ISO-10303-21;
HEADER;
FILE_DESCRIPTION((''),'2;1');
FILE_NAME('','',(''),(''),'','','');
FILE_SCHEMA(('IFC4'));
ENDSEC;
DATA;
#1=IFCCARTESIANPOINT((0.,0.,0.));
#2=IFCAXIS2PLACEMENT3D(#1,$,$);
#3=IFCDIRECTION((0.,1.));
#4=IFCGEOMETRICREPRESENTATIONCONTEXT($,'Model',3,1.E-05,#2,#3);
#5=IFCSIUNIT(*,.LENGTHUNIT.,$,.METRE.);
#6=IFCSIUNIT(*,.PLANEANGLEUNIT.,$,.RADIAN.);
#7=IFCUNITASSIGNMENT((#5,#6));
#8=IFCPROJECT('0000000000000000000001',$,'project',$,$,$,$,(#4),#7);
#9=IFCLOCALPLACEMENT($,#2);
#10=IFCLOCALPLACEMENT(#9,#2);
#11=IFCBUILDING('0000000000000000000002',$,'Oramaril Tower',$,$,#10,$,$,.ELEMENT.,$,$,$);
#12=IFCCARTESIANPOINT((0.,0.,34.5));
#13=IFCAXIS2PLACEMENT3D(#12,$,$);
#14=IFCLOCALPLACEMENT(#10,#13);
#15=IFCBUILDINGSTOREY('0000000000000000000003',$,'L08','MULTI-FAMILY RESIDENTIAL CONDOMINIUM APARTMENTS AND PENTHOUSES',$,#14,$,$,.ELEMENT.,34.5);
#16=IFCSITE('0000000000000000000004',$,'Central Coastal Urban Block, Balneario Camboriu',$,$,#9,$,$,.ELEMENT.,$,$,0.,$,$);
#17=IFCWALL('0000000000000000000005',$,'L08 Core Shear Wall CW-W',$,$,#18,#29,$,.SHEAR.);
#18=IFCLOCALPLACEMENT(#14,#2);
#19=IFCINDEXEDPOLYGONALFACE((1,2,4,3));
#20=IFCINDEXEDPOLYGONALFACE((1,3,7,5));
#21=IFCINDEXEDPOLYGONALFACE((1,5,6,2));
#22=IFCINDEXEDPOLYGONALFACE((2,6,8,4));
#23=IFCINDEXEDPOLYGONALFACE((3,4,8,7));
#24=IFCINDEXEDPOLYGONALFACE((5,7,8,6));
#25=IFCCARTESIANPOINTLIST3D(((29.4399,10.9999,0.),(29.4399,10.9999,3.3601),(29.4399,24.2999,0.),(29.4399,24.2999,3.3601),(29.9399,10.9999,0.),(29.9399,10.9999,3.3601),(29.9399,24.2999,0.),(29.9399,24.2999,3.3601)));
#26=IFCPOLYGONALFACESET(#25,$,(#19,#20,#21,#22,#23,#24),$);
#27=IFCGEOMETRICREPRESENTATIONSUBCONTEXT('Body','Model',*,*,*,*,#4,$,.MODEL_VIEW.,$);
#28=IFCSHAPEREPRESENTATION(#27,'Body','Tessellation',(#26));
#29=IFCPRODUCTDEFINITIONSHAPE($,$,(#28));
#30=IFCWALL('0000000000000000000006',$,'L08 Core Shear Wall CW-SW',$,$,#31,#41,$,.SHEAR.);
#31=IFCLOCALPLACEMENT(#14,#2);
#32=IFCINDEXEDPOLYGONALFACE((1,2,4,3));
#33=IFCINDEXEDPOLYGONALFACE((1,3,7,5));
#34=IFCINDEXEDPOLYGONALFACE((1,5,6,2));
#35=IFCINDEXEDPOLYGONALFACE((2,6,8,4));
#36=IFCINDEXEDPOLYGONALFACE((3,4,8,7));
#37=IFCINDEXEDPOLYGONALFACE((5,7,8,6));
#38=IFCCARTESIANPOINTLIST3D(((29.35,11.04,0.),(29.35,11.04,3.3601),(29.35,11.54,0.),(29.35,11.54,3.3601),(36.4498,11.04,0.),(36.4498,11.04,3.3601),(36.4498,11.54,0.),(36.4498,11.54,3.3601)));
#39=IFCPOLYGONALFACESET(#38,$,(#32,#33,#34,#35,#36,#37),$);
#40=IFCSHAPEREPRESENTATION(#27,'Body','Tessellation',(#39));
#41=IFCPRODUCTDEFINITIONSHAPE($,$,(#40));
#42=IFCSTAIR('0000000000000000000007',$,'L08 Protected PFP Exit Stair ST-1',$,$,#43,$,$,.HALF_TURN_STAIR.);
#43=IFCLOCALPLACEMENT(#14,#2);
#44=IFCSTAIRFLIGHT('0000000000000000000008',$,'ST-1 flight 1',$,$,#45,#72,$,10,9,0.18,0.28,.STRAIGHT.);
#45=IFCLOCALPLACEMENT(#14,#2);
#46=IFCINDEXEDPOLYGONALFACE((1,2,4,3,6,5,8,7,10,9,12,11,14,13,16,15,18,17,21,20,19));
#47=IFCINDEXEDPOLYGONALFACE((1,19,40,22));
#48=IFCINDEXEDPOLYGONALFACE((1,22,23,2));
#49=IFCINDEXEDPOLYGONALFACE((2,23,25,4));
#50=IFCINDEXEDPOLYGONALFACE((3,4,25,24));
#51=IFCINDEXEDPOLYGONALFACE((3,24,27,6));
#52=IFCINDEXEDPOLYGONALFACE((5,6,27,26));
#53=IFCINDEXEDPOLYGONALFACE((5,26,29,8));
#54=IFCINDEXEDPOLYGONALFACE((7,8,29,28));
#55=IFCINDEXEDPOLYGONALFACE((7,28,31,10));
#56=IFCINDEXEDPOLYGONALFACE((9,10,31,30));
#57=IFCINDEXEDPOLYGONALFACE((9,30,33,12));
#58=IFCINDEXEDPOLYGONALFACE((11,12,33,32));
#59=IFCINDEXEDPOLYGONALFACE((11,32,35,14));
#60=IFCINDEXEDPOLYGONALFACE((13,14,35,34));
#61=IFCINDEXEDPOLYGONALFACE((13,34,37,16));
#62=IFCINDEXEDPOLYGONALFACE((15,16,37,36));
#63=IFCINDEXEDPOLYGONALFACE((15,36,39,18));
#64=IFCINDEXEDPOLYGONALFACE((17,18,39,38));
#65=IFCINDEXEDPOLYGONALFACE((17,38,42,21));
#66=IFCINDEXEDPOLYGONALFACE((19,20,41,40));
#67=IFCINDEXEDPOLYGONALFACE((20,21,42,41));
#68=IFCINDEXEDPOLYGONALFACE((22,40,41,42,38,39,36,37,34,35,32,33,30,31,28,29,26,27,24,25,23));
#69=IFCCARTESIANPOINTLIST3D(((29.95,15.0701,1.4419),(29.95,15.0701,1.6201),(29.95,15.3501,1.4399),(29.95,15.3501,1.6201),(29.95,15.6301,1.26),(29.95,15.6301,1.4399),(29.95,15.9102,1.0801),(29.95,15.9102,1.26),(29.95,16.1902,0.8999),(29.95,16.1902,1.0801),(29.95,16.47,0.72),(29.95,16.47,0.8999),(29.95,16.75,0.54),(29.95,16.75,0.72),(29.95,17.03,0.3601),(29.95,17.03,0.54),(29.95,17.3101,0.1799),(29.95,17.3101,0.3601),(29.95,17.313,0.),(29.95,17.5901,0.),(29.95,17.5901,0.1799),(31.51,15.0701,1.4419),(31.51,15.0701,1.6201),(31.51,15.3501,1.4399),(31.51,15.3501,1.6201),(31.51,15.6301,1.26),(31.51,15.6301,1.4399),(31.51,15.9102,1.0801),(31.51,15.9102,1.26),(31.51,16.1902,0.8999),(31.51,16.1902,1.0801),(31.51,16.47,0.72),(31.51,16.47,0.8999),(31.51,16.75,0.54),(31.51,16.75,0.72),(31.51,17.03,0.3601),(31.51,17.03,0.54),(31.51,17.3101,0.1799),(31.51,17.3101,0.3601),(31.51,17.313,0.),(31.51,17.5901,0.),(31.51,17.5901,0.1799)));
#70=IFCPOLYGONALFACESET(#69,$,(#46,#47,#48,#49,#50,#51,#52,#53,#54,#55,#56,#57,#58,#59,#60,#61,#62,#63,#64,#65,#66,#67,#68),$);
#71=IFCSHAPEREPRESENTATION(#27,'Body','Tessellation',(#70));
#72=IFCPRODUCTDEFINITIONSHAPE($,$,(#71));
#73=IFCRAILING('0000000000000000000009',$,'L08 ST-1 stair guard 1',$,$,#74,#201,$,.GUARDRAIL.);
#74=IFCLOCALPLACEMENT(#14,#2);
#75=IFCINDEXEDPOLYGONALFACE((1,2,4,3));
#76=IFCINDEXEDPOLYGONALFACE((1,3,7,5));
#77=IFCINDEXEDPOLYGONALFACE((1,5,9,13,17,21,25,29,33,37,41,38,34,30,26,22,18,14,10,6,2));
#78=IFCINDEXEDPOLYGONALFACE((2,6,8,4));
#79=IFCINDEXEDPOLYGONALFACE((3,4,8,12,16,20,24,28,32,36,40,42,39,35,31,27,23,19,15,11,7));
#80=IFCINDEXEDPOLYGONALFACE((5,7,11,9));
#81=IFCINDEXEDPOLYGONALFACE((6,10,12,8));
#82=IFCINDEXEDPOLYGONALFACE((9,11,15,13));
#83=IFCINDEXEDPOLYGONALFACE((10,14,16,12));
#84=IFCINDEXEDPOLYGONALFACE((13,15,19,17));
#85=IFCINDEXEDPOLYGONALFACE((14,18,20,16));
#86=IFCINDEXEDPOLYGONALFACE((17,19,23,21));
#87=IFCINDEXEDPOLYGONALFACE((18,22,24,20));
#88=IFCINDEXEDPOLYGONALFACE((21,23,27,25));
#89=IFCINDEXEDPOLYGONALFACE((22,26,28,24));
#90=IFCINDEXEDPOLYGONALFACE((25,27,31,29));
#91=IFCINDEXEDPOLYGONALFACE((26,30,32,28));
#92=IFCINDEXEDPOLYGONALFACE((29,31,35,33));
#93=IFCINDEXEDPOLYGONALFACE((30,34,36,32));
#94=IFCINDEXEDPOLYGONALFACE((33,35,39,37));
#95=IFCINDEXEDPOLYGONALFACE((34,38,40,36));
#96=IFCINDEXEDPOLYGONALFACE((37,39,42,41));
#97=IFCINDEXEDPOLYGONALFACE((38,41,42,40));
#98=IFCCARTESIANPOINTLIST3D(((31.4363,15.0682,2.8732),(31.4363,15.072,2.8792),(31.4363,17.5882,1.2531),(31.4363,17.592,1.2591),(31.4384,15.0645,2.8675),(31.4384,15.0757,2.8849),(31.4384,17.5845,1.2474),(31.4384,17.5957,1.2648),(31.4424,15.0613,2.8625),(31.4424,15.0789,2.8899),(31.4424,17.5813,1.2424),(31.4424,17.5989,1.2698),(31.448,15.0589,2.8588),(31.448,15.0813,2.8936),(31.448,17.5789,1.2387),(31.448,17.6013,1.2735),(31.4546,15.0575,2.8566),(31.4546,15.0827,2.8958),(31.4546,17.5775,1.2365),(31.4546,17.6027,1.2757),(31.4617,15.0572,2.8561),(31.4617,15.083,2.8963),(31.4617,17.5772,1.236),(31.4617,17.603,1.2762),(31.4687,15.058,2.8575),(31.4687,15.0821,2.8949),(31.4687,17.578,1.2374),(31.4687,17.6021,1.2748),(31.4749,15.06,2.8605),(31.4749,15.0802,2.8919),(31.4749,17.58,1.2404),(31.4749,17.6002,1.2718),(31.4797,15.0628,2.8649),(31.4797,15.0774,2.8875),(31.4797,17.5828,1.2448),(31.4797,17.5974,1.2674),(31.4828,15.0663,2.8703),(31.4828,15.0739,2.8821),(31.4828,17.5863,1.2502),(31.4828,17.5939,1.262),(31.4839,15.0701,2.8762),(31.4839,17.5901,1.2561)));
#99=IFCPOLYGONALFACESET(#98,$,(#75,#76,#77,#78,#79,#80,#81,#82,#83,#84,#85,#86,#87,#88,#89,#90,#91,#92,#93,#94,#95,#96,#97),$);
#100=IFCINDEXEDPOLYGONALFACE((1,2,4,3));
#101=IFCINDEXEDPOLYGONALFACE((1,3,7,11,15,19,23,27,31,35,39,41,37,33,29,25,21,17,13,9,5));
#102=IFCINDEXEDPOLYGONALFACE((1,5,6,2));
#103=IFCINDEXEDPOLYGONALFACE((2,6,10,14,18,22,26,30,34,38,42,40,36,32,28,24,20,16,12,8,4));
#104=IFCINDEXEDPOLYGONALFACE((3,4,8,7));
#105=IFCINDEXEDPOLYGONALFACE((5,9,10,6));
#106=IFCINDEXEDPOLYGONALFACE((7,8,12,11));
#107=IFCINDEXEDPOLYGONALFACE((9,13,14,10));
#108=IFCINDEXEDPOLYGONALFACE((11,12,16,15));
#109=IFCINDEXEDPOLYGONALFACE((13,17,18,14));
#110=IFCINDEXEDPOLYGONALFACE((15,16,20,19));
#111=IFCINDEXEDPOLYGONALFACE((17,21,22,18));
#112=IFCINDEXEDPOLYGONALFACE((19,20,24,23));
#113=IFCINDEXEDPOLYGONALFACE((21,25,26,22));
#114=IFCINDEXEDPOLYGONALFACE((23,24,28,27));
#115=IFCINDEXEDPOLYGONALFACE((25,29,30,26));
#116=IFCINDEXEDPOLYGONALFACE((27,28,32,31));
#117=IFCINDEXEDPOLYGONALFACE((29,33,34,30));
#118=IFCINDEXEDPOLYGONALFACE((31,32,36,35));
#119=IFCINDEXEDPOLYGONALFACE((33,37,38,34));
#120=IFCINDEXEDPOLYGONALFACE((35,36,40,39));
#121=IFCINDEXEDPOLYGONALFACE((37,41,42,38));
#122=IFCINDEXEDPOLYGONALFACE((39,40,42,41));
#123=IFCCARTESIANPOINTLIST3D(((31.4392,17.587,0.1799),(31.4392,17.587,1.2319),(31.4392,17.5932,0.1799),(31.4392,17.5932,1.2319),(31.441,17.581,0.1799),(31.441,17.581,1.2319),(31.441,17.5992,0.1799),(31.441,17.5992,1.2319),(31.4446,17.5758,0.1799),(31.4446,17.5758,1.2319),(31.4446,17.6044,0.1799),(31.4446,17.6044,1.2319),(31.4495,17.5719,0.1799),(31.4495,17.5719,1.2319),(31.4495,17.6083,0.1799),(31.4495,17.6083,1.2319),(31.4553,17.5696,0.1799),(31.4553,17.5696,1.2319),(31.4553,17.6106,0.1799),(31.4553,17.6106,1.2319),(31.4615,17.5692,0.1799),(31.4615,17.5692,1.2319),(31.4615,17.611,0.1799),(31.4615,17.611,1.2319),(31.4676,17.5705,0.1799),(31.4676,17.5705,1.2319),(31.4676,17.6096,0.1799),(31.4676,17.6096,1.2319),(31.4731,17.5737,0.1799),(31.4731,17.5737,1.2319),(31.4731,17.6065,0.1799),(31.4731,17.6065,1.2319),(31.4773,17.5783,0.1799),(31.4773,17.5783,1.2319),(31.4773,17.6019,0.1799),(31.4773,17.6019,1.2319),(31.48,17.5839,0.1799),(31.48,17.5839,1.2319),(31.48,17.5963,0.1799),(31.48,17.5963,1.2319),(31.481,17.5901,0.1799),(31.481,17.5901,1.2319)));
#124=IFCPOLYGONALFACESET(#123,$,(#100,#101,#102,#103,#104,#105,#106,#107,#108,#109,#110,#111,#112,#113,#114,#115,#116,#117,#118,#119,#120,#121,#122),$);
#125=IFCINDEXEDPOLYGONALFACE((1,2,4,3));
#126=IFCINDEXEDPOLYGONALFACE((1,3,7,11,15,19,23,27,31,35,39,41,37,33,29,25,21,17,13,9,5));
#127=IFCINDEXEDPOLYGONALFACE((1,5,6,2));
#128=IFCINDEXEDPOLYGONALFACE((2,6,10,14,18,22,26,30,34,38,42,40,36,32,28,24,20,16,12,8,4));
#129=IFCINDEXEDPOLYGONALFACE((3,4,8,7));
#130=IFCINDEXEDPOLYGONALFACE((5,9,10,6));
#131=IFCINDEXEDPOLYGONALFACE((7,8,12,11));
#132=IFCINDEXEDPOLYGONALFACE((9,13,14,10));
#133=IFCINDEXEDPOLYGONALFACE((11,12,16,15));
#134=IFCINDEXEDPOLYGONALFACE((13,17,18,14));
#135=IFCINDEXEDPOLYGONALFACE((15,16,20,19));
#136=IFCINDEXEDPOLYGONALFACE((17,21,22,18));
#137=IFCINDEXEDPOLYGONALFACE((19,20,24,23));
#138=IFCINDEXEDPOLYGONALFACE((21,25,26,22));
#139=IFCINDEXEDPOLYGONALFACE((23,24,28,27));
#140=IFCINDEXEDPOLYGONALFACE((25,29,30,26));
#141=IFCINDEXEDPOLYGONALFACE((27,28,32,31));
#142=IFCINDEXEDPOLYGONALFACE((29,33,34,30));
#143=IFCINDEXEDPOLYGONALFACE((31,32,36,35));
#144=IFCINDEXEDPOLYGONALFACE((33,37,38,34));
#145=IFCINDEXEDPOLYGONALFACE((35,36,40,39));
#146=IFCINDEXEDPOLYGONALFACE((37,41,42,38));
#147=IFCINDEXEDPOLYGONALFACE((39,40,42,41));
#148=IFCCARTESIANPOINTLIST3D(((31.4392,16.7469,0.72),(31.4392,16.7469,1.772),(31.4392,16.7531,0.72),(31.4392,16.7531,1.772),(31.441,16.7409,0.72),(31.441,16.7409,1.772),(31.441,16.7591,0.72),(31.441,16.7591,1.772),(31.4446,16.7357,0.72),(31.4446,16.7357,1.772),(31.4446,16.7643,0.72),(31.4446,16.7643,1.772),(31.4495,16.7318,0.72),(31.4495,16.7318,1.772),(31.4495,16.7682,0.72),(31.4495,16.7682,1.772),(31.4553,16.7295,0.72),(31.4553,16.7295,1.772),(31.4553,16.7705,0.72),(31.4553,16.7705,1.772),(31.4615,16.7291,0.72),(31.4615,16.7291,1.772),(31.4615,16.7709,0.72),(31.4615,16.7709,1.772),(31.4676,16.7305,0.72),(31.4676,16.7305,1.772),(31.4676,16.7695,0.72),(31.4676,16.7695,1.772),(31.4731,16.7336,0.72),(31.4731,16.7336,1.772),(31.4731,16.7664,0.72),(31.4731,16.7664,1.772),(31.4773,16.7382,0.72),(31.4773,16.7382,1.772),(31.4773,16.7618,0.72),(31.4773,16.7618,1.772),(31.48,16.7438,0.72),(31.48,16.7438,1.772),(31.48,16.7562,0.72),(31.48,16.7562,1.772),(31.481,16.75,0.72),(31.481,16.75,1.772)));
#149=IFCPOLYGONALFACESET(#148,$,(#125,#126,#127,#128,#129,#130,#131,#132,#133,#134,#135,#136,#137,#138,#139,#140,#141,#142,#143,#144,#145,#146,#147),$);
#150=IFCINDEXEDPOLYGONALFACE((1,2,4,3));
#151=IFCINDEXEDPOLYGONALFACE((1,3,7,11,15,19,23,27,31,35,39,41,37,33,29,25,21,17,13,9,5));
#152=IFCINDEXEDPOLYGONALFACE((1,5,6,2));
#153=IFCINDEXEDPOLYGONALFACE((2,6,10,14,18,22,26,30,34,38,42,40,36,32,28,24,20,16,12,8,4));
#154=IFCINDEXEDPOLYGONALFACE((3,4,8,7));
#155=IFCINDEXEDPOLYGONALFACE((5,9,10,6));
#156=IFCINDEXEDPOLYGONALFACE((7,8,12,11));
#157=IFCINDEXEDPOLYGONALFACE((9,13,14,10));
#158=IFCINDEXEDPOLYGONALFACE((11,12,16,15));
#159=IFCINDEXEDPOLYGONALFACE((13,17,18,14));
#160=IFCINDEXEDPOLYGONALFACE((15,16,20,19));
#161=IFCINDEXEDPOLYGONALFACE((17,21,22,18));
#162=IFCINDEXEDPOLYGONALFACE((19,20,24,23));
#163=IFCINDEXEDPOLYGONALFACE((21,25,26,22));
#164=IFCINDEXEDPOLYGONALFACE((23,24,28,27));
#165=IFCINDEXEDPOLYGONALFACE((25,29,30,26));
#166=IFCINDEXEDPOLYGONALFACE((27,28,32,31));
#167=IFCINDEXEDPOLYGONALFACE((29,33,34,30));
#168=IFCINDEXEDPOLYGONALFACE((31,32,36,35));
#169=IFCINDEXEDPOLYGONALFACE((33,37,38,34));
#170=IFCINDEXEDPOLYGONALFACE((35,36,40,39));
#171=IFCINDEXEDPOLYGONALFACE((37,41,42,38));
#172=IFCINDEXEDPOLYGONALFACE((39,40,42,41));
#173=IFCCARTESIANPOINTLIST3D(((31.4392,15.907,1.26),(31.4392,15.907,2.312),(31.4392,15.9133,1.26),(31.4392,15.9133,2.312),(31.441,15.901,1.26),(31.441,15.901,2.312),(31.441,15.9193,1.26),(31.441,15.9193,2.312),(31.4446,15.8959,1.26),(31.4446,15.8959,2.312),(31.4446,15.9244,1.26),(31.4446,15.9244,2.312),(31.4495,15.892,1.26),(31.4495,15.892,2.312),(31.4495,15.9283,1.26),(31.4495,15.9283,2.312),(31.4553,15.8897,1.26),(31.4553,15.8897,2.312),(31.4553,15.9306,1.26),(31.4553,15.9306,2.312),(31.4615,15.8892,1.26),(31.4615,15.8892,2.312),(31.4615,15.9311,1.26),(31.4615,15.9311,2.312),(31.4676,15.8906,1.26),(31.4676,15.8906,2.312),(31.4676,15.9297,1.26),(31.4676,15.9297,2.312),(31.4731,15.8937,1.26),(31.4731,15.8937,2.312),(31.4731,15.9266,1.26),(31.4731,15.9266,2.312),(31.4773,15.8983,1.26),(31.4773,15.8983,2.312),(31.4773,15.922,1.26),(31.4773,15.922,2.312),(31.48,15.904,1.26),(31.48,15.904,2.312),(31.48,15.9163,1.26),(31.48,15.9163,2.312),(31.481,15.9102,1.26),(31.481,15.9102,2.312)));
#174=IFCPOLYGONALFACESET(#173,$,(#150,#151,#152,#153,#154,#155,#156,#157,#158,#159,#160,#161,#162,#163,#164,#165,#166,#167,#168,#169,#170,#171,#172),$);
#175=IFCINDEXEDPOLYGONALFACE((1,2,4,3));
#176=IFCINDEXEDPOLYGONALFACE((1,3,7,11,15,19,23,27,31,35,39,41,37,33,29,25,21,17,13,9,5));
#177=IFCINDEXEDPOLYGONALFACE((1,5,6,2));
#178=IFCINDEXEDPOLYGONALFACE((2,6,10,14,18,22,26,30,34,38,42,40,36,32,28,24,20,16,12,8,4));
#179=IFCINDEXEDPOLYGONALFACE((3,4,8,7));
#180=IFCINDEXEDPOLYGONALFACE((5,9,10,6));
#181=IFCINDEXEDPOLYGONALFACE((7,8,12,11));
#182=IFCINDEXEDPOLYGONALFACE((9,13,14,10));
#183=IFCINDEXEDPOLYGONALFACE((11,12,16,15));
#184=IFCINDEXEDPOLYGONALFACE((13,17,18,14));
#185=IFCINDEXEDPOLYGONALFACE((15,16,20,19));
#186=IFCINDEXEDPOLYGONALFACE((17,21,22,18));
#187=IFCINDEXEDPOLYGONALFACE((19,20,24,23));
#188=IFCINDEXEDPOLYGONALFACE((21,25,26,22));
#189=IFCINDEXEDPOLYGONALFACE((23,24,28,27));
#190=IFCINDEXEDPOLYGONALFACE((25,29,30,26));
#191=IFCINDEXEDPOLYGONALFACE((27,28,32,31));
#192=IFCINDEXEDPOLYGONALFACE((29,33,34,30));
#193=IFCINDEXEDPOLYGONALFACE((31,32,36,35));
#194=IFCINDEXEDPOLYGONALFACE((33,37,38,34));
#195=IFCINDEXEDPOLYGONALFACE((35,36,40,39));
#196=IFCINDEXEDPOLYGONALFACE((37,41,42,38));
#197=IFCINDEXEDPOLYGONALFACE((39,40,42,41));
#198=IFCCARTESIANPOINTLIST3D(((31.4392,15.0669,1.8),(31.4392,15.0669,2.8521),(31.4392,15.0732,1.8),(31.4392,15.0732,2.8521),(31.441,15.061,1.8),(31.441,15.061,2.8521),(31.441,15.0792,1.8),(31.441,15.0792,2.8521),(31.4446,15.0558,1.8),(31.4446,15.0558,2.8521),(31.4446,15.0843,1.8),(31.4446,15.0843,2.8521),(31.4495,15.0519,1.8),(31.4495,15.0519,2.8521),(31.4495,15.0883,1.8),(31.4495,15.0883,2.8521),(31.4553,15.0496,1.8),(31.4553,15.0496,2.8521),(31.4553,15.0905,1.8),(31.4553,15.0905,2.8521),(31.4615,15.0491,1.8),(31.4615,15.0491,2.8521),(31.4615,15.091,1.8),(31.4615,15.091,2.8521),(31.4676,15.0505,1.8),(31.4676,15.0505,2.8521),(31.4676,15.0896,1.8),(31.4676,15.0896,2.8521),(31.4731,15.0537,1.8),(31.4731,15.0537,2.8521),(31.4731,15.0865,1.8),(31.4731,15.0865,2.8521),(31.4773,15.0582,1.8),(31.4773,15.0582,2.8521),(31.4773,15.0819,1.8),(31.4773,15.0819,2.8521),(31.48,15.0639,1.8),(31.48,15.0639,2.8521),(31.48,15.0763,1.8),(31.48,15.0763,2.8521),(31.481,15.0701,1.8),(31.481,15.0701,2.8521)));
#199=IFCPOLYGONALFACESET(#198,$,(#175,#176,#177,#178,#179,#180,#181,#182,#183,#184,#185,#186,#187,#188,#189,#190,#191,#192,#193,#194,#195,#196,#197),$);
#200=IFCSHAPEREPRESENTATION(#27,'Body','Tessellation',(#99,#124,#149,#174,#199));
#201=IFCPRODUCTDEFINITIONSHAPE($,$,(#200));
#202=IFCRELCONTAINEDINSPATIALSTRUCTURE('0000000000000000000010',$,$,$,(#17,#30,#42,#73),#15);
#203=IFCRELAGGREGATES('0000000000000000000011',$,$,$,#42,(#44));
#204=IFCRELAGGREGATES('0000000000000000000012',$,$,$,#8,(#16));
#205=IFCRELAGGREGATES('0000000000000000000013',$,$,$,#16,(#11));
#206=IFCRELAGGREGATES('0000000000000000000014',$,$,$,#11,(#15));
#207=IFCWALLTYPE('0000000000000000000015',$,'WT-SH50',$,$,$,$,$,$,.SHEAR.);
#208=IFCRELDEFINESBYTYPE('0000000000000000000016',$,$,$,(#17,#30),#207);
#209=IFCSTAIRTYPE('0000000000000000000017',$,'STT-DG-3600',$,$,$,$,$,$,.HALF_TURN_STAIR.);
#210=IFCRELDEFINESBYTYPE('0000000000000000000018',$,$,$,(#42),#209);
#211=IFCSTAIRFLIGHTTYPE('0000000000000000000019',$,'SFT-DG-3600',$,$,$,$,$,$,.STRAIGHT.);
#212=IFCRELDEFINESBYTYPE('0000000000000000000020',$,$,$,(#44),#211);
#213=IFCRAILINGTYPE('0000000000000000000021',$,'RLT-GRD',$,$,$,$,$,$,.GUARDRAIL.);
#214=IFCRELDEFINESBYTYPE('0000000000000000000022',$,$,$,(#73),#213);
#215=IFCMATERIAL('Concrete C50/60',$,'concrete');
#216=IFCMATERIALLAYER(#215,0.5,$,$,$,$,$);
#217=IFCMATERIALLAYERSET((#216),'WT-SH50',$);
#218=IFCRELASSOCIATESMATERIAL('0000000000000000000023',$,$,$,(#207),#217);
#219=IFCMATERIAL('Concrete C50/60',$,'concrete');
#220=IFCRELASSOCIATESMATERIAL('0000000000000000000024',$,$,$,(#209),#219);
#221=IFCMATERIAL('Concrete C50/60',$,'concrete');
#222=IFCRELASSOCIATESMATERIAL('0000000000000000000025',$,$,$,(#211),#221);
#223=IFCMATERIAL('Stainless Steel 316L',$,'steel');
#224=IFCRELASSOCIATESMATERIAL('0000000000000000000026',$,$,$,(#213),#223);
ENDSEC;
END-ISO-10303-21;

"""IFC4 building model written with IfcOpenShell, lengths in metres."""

from ifc_helpers import new_model, si_unit, direction, frame, frame_2d, origin, origin_2d, place, context, subcontext, project, spatial, polyline, rectangle, circle, outline, extrude, material, layer, layer_set, type_object, element, aggregate, save


model = new_model("IFC4")

# Units and contexts
model_context = context("Model", 3, precision=1e-05, world=origin(), true_north=direction((0.0, 1.0)))
body_context = subcontext(model_context, "Body", "Model", "MODEL_VIEW")
ifc_project = project(units=[si_unit("LENGTHUNIT", "METRE"), si_unit("PLANEANGLEUNIT", "RADIAN")], contexts=[model_context])

# Site, building, storey
site_placement = place(None, origin())
site = spatial("IfcSite", under=ifc_project, at=site_placement, Name="Central Coastal Urban Block, Balneario Camboriu", CompositionType="ELEMENT", RefElevation=0.0)
building_placement = place(site_placement, origin())
building = spatial("IfcBuilding", under=site, at=building_placement, Name="Oramaril Tower", CompositionType="ELEMENT")
storey_placement = place(building_placement, frame((0.0, 0.0, 34.5)))
storey = spatial("IfcBuildingStorey", under=building, at=storey_placement, Name="L08", Description="MULTI-FAMILY RESIDENTIAL CONDOMINIUM APARTMENTS AND PENTHOUSES", CompositionType="ELEMENT", Elevation=34.5)

# Walls
ifc_material_1 = material(Name="Concrete C50/60", Category="concrete")
ifc_layer_1 = layer(ifc_material_1, 0.5)
ifc_layer_set_1 = layer_set([ifc_layer_1], Name="WT-SH50")
wall_type_1 = type_object("IfcWallType", Name="WT-SH50", PredefinedType="SHEAR", material=ifc_layer_set_1)
wall_1_placement = place(storey_placement, frame((29.6899, 11.0, 0.0), z_axis=(0.0, 0.0, 1.0), x_axis=(0.0, 1.0, 0.0)))
element("IfcWall", 1, at=wall_1_placement, inside=storey, type_object=wall_type_1, Name="L08 Core Shear Wall CW-W", PredefinedType="SHEAR", context=body_context, shape_type="SweptSolid", body=[
    extrude(rectangle(XDim=13.3, YDim=0.5, at=frame_2d((6.6499, 0.0))), origin(), (0.0, 0.0, 1.0), 3.3601),
])
wall_2_placement = place(storey_placement, frame((29.3501, 11.29, 0.0), z_axis=(0.0, 0.0, 1.0), x_axis=(1.0, 0.0, 0.0)))
element("IfcWall", 2, at=wall_2_placement, inside=storey, type_object=wall_type_1, Name="L08 Core Shear Wall CW-SW", PredefinedType="SHEAR", context=body_context, shape_type="SweptSolid", body=[
    extrude(rectangle(XDim=7.0999, YDim=0.5, at=frame_2d((3.5498, 0.0))), origin(), (0.0, 0.0, 1.0), 3.3601),
])

# Stair, stair flight
ifc_material_2 = material(Name="Concrete C50/60", Category="concrete")
stair_type = type_object("IfcStairType", Name="STT-DG-3600", PredefinedType="HALF_TURN_STAIR", material=ifc_material_2)
stair_placement = place(storey_placement, origin())
stair = element("IfcStair", 3, at=stair_placement, inside=storey, type_object=stair_type, Name="L08 Protected PFP Exit Stair ST-1", PredefinedType="HALF_TURN_STAIR")
ifc_material_3 = material(Name="Concrete C50/60", Category="concrete")
stair_flight_type = type_object("IfcStairFlightType", Name="SFT-DG-3600", PredefinedType="STRAIGHT", material=ifc_material_3)
stair_flight_placement = place(storey_placement, frame((30.73, 17.5901, 0.0), z_axis=(0.0, 0.0, 1.0), x_axis=(0.0, -1.0, 0.0)))
stair_flight = element("IfcStairFlight", 4, at=stair_flight_placement, type_object=stair_flight_type, Name="ST-1 flight 1", NumberOfRisers=10, NumberOfTreads=9, PredefinedType="STRAIGHT", RiserHeight=0.18, TreadLength=0.28, context=body_context, shape_type="SweptSolid", body=[
    extrude(outline(polyline([(0.0, 0.0), (0.0, 0.1799), (0.28, 0.1799), (0.28, 0.3601), (0.5601, 0.3601), (0.5601, 0.54), (0.8401, 0.54), (0.8401, 0.72), (1.1201, 0.72), (1.1201, 0.8999), (1.3999, 0.8999), (1.3999, 1.0801), (1.6799, 1.0801), (1.6799, 1.26), (1.96, 1.26), (1.96, 1.4399), (2.24, 1.4399), (2.24, 1.6201), (2.52, 1.6201), (2.52, 1.8), (2.52, 1.4419), (0.2771, 0.0), (0.0, 0.0)])), frame((0.0, 0.78, 0.0), z_axis=(0.0, -1.0, 0.0), x_axis=(1.0, 0.0, 0.0)), (0.0, 0.0, 1.0), 1.5601),
])
aggregate(stair, [stair_flight])

# Railing
ifc_material_4 = material(Name="Stainless Steel 316L", Category="steel")
railing_type_1 = type_object("IfcRailingType", Name="RLT-GRD", PredefinedType="GUARDRAIL", material=ifc_material_4)
railing_1_placement = place(storey_placement, frame((31.46, 17.5901, 0.1799)))
element("IfcRailing", 5, at=railing_1_placement, inside=storey, type_object=railing_type_1, Name="L08 ST-1 stair guard 1", PredefinedType="GUARDRAIL", context=body_context, shape_type="SweptSolid", body=[
    extrude(circle(Radius=0.0239, at=origin_2d()), frame((0.0, 0.0, 1.0762), z_axis=(0.0, -0.841163, 0.540782), x_axis=(1.0, 0.0, 0.0)), (0.0, 0.0, 1.0), 2.9958),
    extrude(circle(Radius=0.021, at=origin_2d()), origin(), (0.0, 0.0, 1.0), 1.052),
    extrude(circle(Radius=0.021, at=origin_2d()), frame((0.0, -0.8401, 0.54)), (0.0, 0.0, 1.0), 1.052),
    extrude(circle(Radius=0.021, at=origin_2d()), frame((0.0, -1.6799, 1.0801)), (0.0, 0.0, 1.0), 1.052),
    extrude(circle(Radius=0.021, at=origin_2d()), frame((0.0, -2.52, 1.6201)), (0.0, 0.0, 1.0), 1.052),
])

save(model, "model.ifc")
